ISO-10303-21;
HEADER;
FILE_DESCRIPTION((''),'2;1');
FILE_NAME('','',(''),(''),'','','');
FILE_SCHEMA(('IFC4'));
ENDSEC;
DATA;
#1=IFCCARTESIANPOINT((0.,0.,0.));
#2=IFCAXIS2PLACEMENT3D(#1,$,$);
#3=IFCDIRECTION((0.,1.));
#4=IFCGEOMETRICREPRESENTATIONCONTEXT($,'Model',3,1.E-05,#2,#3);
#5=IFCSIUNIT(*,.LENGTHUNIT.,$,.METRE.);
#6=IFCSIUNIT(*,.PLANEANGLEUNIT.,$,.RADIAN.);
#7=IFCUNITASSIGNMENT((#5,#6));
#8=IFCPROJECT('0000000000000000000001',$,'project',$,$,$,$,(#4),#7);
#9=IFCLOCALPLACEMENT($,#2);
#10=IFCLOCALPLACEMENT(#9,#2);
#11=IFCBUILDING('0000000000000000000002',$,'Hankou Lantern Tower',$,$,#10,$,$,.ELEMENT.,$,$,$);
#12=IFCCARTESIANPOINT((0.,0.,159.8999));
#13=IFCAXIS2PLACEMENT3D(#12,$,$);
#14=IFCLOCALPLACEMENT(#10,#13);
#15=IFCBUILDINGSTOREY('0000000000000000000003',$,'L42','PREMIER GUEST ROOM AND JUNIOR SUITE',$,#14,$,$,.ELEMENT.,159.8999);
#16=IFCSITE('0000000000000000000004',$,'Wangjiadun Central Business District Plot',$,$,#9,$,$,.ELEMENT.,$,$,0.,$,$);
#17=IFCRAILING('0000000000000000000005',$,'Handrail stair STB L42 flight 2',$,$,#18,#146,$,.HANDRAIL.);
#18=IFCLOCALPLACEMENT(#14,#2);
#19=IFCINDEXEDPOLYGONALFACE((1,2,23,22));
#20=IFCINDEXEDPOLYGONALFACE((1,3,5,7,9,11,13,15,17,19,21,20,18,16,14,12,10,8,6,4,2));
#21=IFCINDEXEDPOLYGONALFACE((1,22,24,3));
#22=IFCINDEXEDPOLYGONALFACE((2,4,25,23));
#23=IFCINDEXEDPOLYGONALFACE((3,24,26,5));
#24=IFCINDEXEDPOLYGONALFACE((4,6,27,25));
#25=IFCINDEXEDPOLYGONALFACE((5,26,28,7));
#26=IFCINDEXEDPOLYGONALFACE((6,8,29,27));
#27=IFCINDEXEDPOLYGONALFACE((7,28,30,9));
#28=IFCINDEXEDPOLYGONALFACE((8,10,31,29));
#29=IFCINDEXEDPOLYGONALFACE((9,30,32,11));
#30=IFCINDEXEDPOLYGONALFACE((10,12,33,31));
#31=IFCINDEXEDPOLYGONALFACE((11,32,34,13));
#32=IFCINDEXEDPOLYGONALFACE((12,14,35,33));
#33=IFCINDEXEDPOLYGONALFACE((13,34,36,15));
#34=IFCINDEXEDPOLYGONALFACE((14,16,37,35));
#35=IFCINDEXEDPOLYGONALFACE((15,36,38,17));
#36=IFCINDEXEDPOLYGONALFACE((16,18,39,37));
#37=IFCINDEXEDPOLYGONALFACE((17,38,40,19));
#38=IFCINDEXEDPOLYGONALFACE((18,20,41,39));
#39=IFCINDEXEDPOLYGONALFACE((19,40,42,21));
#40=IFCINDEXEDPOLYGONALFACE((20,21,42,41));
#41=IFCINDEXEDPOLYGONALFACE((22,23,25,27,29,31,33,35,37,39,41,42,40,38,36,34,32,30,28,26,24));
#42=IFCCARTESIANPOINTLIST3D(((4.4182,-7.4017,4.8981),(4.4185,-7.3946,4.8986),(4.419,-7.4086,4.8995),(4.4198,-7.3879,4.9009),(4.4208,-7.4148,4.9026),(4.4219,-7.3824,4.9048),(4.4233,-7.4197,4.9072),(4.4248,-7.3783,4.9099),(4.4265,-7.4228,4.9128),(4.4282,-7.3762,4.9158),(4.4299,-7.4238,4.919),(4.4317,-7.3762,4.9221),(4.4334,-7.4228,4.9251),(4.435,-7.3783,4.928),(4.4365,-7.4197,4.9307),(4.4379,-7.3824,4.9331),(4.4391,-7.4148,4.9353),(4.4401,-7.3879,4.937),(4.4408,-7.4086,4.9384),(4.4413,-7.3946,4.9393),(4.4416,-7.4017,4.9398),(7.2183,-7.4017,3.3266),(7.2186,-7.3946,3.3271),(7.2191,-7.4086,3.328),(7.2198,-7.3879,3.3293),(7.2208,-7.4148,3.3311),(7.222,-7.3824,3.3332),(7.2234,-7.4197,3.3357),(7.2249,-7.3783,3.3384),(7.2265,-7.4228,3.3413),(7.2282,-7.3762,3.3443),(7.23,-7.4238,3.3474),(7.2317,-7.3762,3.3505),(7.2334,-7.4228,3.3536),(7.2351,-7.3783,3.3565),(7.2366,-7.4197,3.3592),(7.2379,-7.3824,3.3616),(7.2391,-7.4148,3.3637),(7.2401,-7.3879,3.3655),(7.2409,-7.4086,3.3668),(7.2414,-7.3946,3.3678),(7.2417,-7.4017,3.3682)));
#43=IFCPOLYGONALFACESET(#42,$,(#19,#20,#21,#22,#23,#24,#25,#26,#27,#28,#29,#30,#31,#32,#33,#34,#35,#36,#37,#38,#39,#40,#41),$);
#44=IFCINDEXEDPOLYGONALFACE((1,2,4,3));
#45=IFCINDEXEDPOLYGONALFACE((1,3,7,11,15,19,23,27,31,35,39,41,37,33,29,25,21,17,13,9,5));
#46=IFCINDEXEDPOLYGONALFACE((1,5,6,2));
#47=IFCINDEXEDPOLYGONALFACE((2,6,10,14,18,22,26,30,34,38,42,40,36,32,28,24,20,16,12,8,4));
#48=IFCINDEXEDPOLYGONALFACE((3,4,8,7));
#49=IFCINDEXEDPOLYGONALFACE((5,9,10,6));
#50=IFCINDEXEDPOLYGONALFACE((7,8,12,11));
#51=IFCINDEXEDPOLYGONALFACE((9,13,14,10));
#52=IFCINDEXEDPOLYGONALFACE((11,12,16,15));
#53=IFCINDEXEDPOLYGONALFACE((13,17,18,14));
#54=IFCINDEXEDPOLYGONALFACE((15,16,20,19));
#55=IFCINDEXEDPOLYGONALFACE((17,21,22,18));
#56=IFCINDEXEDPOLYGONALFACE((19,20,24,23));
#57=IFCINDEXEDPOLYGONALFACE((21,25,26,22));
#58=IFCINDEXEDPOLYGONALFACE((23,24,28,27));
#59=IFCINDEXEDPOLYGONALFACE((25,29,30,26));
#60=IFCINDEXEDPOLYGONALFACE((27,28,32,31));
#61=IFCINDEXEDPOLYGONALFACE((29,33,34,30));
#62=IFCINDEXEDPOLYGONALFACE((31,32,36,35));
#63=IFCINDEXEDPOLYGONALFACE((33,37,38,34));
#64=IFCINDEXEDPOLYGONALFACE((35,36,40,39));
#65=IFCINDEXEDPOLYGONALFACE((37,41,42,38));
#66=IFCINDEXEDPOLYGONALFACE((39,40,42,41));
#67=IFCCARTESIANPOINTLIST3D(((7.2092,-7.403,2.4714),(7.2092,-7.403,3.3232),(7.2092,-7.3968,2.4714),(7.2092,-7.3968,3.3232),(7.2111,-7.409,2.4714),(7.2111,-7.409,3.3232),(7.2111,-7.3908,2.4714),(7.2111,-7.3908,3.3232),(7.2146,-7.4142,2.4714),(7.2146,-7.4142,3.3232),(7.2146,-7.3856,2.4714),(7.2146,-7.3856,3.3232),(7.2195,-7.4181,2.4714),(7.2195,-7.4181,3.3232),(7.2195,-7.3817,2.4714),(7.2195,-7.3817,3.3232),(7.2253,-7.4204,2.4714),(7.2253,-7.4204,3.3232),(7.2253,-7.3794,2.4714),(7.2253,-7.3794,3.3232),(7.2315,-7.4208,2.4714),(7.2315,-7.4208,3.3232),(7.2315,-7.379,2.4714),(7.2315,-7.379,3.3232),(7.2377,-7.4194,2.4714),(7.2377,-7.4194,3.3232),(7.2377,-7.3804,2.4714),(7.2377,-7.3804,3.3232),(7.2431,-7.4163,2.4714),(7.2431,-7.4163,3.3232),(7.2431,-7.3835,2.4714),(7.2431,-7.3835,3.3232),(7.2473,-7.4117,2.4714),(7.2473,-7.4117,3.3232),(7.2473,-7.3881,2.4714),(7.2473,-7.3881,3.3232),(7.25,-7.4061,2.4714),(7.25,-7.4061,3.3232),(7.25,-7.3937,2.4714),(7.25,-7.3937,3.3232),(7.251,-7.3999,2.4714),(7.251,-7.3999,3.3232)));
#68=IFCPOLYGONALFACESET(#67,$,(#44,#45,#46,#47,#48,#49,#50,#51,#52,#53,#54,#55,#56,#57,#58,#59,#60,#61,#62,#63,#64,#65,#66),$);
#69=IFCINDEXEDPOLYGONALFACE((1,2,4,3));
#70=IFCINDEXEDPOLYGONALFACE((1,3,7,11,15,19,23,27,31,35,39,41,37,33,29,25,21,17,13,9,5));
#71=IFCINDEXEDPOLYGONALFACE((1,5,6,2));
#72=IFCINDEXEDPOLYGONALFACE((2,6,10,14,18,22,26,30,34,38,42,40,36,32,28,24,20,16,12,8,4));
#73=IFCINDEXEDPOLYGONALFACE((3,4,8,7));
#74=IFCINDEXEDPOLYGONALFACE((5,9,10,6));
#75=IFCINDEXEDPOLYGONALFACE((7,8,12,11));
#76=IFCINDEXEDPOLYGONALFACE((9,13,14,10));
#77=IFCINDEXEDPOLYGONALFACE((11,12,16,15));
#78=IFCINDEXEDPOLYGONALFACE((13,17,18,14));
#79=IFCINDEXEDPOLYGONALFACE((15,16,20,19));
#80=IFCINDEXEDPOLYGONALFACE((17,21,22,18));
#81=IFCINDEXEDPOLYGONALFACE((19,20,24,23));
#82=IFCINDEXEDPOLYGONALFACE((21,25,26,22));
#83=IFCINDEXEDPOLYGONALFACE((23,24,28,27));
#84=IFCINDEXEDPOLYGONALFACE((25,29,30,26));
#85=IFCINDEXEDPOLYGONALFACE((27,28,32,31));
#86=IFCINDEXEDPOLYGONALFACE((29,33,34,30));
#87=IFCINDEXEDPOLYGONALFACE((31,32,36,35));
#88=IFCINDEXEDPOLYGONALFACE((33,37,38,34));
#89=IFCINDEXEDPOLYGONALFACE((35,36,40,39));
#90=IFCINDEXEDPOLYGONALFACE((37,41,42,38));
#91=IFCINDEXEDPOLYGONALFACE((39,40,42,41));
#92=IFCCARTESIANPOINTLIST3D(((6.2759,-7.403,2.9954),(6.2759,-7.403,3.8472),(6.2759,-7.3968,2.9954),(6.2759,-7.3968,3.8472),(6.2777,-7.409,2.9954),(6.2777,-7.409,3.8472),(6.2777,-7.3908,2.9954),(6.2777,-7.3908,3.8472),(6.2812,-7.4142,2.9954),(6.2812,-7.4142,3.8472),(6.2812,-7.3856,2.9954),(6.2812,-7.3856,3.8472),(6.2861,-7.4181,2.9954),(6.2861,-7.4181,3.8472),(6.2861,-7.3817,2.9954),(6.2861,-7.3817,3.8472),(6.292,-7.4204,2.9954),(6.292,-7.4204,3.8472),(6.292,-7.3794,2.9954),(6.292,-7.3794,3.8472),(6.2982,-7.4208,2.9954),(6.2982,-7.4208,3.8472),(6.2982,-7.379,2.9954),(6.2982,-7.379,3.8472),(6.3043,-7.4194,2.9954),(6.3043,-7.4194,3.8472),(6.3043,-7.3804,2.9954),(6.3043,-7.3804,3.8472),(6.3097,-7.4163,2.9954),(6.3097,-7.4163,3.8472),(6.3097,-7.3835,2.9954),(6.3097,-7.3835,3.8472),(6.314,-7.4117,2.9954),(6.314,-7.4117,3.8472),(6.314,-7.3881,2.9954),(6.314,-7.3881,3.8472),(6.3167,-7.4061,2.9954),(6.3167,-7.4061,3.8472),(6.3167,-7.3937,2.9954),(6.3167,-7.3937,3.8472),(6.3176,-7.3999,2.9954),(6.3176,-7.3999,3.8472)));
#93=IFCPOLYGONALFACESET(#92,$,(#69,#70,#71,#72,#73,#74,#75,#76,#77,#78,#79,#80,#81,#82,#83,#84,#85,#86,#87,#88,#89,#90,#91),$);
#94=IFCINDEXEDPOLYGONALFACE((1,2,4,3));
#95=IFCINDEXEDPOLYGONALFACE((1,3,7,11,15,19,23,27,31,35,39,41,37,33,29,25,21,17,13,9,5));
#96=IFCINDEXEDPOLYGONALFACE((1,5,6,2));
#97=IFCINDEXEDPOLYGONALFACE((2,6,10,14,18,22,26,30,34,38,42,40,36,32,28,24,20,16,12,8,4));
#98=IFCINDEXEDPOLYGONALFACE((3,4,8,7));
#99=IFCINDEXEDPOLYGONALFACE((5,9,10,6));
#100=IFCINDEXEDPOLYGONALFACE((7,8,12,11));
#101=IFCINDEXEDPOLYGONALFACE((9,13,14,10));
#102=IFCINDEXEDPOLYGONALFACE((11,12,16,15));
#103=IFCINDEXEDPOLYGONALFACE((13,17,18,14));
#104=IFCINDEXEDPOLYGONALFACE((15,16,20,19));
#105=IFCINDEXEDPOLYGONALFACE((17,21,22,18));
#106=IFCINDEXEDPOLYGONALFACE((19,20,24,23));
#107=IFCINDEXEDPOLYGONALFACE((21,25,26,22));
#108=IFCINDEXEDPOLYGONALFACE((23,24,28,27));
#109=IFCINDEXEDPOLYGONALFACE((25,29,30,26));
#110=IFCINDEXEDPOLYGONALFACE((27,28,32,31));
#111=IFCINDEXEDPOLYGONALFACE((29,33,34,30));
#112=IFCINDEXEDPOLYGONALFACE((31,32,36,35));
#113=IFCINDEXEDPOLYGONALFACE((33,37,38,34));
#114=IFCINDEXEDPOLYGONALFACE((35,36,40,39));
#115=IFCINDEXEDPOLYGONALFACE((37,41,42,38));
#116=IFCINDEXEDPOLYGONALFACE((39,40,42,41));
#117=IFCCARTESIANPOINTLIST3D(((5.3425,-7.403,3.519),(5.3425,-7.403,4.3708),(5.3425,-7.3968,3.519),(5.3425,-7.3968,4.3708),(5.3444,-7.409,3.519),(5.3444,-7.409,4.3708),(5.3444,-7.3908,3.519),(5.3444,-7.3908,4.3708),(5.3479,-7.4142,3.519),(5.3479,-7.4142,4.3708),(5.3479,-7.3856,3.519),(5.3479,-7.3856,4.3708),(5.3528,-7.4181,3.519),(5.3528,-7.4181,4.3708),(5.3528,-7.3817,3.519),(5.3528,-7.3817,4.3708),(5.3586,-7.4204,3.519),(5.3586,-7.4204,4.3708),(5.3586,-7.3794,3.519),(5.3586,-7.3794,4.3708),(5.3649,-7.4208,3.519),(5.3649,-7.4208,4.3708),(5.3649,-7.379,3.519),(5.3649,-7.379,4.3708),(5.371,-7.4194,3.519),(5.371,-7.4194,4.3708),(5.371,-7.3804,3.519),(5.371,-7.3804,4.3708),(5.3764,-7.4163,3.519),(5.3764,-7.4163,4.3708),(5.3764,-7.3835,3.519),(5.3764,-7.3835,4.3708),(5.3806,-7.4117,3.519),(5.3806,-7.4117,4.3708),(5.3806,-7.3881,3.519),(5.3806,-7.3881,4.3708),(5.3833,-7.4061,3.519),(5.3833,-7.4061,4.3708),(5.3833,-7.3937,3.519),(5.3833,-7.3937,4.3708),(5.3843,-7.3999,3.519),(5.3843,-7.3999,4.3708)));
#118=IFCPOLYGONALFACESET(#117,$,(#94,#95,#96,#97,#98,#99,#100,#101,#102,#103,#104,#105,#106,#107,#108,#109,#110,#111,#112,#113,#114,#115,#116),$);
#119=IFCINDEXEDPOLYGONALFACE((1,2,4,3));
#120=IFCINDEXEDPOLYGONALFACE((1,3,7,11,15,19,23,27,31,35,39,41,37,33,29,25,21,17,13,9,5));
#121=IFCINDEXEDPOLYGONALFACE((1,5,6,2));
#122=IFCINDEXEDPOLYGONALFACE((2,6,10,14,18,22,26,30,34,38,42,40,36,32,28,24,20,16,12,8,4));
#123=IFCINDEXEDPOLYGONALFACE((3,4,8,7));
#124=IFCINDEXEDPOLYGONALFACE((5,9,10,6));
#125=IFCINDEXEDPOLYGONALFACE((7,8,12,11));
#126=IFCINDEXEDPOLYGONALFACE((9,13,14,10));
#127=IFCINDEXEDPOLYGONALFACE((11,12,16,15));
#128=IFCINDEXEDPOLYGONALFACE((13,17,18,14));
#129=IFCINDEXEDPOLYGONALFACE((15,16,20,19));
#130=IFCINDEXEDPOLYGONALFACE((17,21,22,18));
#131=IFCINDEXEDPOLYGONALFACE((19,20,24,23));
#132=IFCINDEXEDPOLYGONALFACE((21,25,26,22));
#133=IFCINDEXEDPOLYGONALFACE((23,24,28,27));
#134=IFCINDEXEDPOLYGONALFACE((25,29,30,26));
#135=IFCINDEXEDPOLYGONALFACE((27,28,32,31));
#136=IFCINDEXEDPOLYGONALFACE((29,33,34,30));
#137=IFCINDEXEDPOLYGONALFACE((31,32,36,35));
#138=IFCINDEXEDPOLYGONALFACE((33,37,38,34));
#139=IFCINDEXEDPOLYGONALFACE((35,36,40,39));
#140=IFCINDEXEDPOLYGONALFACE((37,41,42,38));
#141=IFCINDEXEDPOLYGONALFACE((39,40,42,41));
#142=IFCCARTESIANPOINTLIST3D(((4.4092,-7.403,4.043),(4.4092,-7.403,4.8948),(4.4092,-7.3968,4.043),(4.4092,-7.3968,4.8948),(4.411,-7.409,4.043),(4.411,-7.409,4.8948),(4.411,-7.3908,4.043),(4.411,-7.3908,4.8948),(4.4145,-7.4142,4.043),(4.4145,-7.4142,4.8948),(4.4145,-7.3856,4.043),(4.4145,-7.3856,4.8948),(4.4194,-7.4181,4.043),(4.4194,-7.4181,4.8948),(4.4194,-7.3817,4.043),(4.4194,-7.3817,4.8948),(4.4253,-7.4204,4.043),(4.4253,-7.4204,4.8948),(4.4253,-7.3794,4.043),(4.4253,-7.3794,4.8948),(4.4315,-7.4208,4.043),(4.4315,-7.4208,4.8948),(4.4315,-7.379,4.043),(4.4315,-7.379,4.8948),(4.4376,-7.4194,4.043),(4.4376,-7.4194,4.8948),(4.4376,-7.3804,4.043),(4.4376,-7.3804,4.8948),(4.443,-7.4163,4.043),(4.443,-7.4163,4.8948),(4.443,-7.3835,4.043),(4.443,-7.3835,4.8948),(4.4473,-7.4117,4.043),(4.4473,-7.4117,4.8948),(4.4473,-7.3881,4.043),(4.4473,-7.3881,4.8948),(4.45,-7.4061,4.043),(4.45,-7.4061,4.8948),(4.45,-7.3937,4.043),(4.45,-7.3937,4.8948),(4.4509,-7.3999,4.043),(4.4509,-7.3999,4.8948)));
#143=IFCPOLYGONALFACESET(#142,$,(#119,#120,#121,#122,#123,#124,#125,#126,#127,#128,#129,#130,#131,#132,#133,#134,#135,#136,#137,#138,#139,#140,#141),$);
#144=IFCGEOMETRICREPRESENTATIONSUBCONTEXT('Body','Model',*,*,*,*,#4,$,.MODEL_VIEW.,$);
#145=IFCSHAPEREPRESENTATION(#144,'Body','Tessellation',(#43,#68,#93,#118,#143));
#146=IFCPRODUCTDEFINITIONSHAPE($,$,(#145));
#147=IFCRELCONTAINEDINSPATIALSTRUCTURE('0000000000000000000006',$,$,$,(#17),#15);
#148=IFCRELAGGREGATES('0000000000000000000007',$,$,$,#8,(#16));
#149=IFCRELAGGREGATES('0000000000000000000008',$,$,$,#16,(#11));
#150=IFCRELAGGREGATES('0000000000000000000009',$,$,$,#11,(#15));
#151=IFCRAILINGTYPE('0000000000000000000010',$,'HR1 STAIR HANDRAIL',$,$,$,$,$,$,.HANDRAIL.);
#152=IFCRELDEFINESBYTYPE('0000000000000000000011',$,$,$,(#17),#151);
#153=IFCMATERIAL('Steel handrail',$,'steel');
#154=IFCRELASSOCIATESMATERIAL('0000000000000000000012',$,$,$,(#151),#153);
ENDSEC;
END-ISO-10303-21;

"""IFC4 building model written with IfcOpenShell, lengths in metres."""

from ifc_helpers import new_model, si_unit, direction, frame, origin, origin_2d, place, context, subcontext, project, spatial, circle, extrude, material, type_object, element, save


model = new_model("IFC4")

# Units and contexts
model_context = context("Model", 3, precision=1e-05, world=origin(), true_north=direction((0.0, 1.0)))
body_context = subcontext(model_context, "Body", "Model", "MODEL_VIEW")
ifc_project = project(units=[si_unit("LENGTHUNIT", "METRE"), si_unit("PLANEANGLEUNIT", "RADIAN")], contexts=[model_context])

# Site, building, storey
site_placement = place(None, origin())
site = spatial("IfcSite", under=ifc_project, at=site_placement, Name="Wangjiadun Central Business District Plot", CompositionType="ELEMENT", RefElevation=0.0)
building_placement = place(site_placement, origin())
building = spatial("IfcBuilding", under=site, at=building_placement, Name="Hankou Lantern Tower", CompositionType="ELEMENT")
storey_placement = place(building_placement, frame((0.0, 0.0, 159.8999)))
storey = spatial("IfcBuildingStorey", under=building, at=storey_placement, Name="L42", Description="PREMIER GUEST ROOM AND JUNIOR SUITE", CompositionType="ELEMENT", Elevation=159.8999)

# Railing
ifc_material_1 = material(Name="Steel handrail", Category="steel")
railing_type = type_object("IfcRailingType", Name="HR1 STAIR HANDRAIL", PredefinedType="HANDRAIL", material=ifc_material_1)
railing_1_placement = place(storey_placement, frame((7.23, -7.3999, 2.4714)))
element("IfcRailing", 1, at=railing_1_placement, inside=storey, type_object=railing_type, Name="Handrail stair STB L42 flight 2", PredefinedType="HANDRAIL", context=body_context, shape_type="SweptSolid", body=[
    extrude(circle(Radius=0.0239, at=origin_2d()), frame((0.0, 0.0, 0.876), z_axis=(-0.87204, 0.0, 0.489434), x_axis=(0.0, -1.0, 0.0)), (0.0, 0.0, 1.0), 3.2109),
    extrude(circle(Radius=0.021, at=origin_2d()), origin(), (0.0, 0.0, 1.0), 0.8518),
    extrude(circle(Radius=0.021, at=origin_2d()), frame((-0.9333, 0.0, 0.5239)), (0.0, 0.0, 1.0), 0.8518),
    extrude(circle(Radius=0.021, at=origin_2d()), frame((-1.8667, 0.0, 1.0476)), (0.0, 0.0, 1.0), 0.8518),
    extrude(circle(Radius=0.021, at=origin_2d()), frame((-2.8, 0.0, 1.5715)), (0.0, 0.0, 1.0), 0.8518),
])

save(model, "model.ifc")
